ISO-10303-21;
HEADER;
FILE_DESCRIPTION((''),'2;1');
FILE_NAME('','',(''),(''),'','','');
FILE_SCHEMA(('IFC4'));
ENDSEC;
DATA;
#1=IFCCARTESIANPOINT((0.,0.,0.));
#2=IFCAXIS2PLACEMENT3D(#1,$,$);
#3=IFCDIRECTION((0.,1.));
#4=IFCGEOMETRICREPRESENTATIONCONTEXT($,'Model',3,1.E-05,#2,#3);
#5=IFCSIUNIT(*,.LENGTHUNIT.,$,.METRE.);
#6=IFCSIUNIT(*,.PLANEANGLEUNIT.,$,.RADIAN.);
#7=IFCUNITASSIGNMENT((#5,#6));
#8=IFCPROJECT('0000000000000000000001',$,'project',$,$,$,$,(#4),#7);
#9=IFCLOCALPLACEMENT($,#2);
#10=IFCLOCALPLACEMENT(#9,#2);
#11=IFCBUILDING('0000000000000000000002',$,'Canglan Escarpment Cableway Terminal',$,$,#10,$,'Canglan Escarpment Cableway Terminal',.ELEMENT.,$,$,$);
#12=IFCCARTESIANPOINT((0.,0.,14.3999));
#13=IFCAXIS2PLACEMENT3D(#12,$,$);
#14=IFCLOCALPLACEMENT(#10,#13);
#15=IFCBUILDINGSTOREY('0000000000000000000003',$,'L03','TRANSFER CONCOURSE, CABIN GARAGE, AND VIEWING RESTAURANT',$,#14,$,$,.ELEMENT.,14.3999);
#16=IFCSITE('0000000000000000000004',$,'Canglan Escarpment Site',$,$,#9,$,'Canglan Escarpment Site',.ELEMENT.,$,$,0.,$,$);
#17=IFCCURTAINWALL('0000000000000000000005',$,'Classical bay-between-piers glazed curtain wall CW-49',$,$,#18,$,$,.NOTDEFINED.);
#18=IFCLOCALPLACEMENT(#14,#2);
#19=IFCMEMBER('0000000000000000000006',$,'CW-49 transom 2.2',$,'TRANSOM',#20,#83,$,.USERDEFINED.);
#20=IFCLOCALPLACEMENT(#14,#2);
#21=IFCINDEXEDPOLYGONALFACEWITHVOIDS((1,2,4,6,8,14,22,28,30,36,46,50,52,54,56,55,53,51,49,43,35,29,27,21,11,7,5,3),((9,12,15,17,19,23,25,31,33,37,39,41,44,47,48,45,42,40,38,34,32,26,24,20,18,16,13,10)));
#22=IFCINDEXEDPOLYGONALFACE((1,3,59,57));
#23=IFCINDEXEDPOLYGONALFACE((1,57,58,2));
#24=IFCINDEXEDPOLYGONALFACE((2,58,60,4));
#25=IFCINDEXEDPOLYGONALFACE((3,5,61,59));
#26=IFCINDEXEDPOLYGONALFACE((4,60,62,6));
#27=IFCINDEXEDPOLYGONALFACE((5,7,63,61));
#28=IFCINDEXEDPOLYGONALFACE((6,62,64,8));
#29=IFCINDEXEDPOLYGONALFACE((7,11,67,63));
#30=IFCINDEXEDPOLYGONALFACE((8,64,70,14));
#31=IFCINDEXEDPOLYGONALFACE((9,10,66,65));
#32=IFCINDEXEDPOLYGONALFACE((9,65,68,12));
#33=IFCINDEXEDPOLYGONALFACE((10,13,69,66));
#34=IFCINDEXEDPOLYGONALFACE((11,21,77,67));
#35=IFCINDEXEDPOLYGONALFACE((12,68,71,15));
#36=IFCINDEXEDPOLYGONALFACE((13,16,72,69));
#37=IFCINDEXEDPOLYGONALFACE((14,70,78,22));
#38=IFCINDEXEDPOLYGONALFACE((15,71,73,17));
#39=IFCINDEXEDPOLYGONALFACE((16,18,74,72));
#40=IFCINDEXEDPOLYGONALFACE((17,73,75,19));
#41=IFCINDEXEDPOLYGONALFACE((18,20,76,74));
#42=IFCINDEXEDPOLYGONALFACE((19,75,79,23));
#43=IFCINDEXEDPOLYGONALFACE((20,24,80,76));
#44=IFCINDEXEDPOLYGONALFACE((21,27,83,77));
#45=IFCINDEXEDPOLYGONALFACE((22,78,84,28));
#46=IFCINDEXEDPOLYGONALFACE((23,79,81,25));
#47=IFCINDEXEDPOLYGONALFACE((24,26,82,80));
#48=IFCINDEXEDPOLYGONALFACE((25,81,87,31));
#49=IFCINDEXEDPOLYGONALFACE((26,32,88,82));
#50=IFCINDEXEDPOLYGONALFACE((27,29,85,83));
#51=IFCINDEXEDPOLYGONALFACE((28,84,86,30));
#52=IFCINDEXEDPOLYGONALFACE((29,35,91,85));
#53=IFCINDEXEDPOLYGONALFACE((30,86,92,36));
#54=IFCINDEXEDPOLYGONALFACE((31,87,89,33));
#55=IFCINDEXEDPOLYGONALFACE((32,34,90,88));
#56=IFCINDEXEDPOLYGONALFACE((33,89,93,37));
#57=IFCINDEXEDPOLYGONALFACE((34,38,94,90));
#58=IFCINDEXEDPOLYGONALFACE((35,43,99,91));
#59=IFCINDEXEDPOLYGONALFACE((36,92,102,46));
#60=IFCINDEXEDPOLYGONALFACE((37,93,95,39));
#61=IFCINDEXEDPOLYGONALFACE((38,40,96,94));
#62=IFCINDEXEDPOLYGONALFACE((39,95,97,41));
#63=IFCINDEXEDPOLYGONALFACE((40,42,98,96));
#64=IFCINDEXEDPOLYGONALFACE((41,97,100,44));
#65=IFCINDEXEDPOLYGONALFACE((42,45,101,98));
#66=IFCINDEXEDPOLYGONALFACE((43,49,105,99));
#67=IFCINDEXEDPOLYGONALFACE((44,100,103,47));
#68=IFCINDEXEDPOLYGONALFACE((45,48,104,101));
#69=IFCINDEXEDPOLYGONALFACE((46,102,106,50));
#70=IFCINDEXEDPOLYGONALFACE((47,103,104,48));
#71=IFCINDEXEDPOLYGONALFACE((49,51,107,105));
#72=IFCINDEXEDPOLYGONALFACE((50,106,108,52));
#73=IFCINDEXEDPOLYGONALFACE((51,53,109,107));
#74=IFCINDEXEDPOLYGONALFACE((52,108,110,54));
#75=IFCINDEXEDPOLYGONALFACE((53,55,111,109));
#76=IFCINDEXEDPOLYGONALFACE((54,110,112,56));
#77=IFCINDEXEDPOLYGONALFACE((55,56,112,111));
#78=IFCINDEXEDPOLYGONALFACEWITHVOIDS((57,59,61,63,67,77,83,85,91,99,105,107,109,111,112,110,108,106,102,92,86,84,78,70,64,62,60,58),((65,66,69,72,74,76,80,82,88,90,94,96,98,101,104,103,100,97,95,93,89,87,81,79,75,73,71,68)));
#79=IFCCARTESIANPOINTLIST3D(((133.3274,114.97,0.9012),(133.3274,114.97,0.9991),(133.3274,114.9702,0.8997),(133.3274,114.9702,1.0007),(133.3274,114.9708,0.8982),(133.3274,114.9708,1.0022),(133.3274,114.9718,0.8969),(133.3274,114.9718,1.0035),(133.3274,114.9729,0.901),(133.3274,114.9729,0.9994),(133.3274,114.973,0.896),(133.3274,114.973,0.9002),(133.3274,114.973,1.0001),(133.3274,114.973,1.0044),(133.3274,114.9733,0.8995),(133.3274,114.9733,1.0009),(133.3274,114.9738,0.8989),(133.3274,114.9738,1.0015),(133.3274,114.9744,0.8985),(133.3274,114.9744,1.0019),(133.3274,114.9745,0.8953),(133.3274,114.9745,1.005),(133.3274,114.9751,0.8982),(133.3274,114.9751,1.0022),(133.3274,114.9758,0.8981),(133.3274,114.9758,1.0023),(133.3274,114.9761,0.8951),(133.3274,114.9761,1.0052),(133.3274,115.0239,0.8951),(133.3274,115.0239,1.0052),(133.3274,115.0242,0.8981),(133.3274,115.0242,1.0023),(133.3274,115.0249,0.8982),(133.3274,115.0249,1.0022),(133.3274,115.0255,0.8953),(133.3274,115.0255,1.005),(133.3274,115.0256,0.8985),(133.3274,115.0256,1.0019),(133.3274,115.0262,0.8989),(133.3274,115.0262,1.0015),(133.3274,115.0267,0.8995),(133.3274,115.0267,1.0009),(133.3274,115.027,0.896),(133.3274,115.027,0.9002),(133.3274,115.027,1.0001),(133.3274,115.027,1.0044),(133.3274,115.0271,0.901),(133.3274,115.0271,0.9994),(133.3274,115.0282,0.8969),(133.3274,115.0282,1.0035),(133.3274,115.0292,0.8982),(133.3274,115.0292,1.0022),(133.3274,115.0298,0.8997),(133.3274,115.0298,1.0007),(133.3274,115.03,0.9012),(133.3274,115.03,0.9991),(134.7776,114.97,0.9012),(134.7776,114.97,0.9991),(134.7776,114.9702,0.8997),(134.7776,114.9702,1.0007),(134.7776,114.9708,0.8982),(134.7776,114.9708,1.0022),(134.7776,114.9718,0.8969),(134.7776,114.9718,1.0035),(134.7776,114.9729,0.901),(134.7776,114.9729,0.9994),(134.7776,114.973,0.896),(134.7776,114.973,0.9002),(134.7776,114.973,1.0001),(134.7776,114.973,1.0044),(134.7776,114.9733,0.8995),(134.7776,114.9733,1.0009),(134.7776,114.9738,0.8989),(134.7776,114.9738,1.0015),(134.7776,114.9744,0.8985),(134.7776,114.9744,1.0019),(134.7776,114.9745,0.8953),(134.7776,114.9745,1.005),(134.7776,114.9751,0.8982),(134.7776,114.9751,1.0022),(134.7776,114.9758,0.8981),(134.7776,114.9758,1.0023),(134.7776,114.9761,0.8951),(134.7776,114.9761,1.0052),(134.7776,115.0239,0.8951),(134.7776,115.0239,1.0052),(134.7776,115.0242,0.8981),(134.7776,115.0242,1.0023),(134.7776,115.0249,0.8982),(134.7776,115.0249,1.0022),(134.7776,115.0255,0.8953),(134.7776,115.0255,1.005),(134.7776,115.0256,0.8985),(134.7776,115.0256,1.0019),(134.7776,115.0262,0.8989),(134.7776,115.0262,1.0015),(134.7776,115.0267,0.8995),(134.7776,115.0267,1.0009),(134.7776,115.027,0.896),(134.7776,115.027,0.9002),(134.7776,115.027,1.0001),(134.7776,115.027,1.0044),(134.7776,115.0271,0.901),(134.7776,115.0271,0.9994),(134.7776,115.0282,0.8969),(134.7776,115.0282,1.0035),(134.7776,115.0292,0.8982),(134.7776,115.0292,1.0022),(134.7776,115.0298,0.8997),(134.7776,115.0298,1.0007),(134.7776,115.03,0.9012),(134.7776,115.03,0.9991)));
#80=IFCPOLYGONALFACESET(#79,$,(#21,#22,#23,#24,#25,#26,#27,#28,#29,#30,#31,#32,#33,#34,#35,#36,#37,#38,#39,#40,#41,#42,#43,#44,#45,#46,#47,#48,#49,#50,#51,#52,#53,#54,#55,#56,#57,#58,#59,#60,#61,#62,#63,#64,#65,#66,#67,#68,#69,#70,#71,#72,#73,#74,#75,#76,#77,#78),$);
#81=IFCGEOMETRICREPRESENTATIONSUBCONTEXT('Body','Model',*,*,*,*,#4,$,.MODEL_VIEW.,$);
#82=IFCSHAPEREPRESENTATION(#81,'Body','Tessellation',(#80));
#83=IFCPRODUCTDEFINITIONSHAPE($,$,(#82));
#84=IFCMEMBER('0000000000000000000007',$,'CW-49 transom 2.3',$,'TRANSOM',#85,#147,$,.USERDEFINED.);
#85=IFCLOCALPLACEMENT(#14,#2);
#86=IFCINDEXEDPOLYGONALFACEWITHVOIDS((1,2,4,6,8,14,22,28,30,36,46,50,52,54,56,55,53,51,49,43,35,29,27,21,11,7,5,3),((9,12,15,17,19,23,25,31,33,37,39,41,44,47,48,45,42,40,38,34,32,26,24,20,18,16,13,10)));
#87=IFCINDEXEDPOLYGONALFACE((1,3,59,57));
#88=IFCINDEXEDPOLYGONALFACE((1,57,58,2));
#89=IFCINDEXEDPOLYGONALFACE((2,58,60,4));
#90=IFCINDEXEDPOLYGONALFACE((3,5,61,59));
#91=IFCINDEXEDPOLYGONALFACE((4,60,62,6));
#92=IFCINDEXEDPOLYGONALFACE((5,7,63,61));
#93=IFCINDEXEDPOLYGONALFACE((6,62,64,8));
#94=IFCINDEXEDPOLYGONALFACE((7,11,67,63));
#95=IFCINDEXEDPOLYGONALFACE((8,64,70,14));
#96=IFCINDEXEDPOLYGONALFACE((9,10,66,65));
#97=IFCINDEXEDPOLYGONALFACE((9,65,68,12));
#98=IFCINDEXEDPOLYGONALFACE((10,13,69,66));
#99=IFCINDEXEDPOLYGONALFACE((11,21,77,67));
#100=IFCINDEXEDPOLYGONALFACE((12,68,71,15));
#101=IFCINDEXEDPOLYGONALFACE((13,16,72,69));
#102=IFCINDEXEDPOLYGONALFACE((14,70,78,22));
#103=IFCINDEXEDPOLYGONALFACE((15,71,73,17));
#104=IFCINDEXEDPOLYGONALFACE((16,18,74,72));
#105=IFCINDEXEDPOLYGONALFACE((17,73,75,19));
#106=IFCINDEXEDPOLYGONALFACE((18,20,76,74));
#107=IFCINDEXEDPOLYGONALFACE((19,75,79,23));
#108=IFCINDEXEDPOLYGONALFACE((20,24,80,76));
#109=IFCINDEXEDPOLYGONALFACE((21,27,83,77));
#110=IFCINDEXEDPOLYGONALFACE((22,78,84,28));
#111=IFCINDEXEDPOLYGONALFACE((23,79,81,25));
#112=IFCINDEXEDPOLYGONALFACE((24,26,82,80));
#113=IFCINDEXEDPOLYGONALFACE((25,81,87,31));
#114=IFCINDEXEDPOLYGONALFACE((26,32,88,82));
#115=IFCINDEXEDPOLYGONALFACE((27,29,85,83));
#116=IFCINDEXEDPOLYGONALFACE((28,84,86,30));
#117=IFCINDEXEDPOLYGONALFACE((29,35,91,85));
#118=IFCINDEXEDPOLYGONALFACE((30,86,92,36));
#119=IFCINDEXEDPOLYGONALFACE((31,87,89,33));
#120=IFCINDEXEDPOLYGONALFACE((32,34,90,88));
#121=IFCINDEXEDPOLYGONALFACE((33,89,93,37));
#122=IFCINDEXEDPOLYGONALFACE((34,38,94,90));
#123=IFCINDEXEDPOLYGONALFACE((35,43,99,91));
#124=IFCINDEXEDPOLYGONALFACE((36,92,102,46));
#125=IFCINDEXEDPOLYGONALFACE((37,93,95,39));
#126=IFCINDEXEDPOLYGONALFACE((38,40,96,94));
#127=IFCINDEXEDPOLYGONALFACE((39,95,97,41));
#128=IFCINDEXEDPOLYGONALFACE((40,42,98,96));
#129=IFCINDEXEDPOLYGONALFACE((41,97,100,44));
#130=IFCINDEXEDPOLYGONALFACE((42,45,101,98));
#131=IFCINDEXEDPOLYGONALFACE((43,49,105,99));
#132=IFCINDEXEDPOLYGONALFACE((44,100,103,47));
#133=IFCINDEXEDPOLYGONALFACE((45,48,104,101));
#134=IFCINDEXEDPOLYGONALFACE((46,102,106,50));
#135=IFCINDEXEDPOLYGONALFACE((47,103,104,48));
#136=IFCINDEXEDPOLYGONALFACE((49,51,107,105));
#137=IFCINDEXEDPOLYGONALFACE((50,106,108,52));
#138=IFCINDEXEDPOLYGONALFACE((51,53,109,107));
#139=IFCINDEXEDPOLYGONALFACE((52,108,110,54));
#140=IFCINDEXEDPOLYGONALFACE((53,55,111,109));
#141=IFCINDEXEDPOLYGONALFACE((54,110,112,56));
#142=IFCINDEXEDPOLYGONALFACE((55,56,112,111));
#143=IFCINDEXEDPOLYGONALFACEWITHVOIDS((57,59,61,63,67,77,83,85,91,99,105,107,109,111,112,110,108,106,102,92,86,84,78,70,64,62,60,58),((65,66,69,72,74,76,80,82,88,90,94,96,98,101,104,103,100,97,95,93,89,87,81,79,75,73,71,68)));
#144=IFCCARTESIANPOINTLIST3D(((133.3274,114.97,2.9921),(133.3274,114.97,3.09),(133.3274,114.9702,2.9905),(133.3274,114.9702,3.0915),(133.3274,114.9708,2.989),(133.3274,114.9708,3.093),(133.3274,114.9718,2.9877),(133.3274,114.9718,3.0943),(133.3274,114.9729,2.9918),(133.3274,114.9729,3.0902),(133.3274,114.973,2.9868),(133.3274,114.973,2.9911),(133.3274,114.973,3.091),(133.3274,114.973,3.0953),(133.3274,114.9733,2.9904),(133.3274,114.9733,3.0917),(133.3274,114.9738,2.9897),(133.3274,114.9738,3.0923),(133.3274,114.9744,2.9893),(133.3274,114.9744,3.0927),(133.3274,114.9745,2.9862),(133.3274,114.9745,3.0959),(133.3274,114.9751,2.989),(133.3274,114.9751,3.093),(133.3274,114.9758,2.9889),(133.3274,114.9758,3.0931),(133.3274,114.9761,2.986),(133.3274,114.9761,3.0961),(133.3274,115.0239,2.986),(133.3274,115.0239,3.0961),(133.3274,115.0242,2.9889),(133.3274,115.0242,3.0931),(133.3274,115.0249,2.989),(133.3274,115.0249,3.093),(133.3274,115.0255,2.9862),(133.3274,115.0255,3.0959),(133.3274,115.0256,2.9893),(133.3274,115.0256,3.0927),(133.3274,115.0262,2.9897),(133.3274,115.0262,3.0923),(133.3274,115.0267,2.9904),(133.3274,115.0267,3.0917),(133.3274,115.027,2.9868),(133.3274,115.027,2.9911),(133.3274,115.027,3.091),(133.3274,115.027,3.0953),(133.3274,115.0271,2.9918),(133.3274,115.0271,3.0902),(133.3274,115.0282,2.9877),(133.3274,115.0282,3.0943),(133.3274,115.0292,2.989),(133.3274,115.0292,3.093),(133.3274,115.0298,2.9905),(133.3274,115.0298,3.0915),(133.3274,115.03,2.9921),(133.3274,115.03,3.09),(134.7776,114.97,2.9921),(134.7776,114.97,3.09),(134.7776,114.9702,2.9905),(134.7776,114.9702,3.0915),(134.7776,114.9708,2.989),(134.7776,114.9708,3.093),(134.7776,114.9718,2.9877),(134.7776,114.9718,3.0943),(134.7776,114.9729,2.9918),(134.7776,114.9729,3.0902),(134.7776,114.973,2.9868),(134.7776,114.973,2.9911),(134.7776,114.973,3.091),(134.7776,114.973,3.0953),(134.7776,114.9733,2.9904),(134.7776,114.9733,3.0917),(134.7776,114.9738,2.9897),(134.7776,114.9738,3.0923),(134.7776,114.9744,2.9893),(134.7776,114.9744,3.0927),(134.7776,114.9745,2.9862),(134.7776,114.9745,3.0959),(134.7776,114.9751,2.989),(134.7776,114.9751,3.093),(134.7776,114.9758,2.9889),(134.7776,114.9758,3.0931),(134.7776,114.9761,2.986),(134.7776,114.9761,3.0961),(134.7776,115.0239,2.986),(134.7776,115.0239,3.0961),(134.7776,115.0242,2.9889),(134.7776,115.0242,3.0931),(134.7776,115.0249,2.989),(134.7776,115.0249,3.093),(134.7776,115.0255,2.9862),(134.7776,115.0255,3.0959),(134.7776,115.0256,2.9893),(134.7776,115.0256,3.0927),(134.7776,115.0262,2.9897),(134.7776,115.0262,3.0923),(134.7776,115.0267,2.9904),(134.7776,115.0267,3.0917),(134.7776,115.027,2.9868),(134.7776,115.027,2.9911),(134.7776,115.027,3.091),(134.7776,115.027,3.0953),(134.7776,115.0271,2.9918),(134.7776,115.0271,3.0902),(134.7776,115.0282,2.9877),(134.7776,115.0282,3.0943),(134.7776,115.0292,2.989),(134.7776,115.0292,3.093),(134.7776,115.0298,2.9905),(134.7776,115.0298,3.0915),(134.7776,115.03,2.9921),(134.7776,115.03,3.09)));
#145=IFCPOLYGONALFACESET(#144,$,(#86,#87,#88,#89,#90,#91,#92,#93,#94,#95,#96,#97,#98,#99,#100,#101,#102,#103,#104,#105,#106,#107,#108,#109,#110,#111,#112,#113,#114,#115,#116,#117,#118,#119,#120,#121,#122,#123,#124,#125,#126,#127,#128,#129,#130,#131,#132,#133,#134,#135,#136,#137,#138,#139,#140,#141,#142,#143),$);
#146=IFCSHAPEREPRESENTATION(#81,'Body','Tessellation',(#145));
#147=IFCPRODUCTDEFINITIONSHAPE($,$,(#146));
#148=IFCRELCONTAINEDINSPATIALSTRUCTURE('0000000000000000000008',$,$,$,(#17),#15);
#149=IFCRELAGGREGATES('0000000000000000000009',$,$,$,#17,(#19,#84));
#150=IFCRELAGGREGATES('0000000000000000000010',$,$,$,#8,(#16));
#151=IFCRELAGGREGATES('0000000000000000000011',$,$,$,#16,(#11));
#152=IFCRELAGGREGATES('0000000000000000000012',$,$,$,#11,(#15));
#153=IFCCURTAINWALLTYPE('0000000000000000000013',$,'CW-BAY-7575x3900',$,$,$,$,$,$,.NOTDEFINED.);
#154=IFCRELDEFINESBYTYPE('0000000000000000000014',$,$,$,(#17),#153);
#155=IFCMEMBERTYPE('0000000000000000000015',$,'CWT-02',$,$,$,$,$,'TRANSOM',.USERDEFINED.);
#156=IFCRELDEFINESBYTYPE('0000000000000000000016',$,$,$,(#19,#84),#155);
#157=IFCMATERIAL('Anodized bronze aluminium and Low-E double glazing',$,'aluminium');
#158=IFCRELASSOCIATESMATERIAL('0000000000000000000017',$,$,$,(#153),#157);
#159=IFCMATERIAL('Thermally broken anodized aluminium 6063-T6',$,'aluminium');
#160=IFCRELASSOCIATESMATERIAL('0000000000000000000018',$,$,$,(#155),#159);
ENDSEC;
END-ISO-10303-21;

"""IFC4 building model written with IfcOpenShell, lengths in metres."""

from ifc_helpers import new_model, si_unit, direction, frame, origin, origin_2d, place, context, subcontext, project, spatial, hollow_rectangle, extrude, material, material_profile, profile_set, type_object, element, aggregate, save


model = new_model("IFC4")

# Units and contexts
model_context = context("Model", 3, precision=1e-05, world=origin(), true_north=direction((0.0, 1.0)))
body_context = subcontext(model_context, "Body", "Model", "MODEL_VIEW")
ifc_project = project(units=[si_unit("LENGTHUNIT", "METRE"), si_unit("PLANEANGLEUNIT", "RADIAN")], contexts=[model_context])

# Site, building, storey
site_placement = place(None, origin())
site = spatial("IfcSite", under=ifc_project, at=site_placement, Name="Canglan Escarpment Site", LongName="Canglan Escarpment Site", CompositionType="ELEMENT", RefElevation=0.0)
building_placement = place(site_placement, origin())
building = spatial("IfcBuilding", under=site, at=building_placement, Name="Canglan Escarpment Cableway Terminal", LongName="Canglan Escarpment Cableway Terminal", CompositionType="ELEMENT")
storey_placement = place(building_placement, frame((0.0, 0.0, 14.3999)))
storey = spatial("IfcBuildingStorey", under=building, at=storey_placement, Name="L03", Description="TRANSFER CONCOURSE, CABIN GARAGE, AND VIEWING RESTAURANT", CompositionType="ELEMENT", Elevation=14.3999)

# Curtain wall, members
ifc_material_1 = material(Name="Anodized bronze aluminium and Low-E double glazing", Category="aluminium")
curtain_wall_type = type_object("IfcCurtainWallType", Name="CW-BAY-7575x3900", PredefinedType="NOTDEFINED", material=ifc_material_1)
curtain_wall_placement = place(storey_placement, origin())
curtain_wall = element("IfcCurtainWall", 1, at=curtain_wall_placement, inside=storey, type_object=curtain_wall_type, Name="Classical bay-between-piers glazed curtain wall CW-49", PredefinedType="NOTDEFINED")
ifc_material_2 = material(Name="Thermally broken anodized aluminium 6063-T6", Category="aluminium")
ifc_material_profile_1 = material_profile(ifc_material_2, hollow_rectangle(XDim=0.0601, YDim=0.1101, WallThickness=0.0029, InnerFilletRadius=0.0029, OuterFilletRadius=0.0061, at=origin_2d()), Name="ALU-TRAN 60x110x3")
ifc_profile_set_1 = profile_set([ifc_material_profile_1], Name="Thermally broken anodized aluminium 6063-T6")
member_type_1 = type_object("IfcMemberType", Name="CWT-02", ElementType="TRANSOM", PredefinedType="USERDEFINED", material=ifc_profile_set_1)
member_1_placement = place(storey_placement, frame((134.7776, 115.0, 0.9502), z_axis=(-1.0, 0.0, 0.0), x_axis=(0.0, -1.0, 0.0)))
member_1 = element("IfcMember", 2, at=member_1_placement, type_object=member_type_1, Name="CW-49 transom 2.2", ObjectType="TRANSOM", PredefinedType="USERDEFINED", context=body_context, shape_type="SweptSolid", body=[
    extrude(hollow_rectangle(XDim=0.0601, YDim=0.1101, WallThickness=0.0029, InnerFilletRadius=0.0029, OuterFilletRadius=0.0061, at=origin_2d()), origin(), (0.0, 0.0, 1.0), 1.4502),
])
member_2_placement = place(storey_placement, frame((134.7776, 115.0, 3.041), z_axis=(-1.0, 0.0, 0.0), x_axis=(0.0, -1.0, 0.0)))
member_2 = element("IfcMember", 3, at=member_2_placement, type_object=member_type_1, Name="CW-49 transom 2.3", ObjectType="TRANSOM", PredefinedType="USERDEFINED", context=body_context, shape_type="SweptSolid", body=[
    extrude(hollow_rectangle(XDim=0.0601, YDim=0.1101, WallThickness=0.0029, InnerFilletRadius=0.0029, OuterFilletRadius=0.0061, at=origin_2d()), origin(), (0.0, 0.0, 1.0), 1.4502),
])
aggregate(curtain_wall, [member_1, member_2])

save(model, "model.ifc")
